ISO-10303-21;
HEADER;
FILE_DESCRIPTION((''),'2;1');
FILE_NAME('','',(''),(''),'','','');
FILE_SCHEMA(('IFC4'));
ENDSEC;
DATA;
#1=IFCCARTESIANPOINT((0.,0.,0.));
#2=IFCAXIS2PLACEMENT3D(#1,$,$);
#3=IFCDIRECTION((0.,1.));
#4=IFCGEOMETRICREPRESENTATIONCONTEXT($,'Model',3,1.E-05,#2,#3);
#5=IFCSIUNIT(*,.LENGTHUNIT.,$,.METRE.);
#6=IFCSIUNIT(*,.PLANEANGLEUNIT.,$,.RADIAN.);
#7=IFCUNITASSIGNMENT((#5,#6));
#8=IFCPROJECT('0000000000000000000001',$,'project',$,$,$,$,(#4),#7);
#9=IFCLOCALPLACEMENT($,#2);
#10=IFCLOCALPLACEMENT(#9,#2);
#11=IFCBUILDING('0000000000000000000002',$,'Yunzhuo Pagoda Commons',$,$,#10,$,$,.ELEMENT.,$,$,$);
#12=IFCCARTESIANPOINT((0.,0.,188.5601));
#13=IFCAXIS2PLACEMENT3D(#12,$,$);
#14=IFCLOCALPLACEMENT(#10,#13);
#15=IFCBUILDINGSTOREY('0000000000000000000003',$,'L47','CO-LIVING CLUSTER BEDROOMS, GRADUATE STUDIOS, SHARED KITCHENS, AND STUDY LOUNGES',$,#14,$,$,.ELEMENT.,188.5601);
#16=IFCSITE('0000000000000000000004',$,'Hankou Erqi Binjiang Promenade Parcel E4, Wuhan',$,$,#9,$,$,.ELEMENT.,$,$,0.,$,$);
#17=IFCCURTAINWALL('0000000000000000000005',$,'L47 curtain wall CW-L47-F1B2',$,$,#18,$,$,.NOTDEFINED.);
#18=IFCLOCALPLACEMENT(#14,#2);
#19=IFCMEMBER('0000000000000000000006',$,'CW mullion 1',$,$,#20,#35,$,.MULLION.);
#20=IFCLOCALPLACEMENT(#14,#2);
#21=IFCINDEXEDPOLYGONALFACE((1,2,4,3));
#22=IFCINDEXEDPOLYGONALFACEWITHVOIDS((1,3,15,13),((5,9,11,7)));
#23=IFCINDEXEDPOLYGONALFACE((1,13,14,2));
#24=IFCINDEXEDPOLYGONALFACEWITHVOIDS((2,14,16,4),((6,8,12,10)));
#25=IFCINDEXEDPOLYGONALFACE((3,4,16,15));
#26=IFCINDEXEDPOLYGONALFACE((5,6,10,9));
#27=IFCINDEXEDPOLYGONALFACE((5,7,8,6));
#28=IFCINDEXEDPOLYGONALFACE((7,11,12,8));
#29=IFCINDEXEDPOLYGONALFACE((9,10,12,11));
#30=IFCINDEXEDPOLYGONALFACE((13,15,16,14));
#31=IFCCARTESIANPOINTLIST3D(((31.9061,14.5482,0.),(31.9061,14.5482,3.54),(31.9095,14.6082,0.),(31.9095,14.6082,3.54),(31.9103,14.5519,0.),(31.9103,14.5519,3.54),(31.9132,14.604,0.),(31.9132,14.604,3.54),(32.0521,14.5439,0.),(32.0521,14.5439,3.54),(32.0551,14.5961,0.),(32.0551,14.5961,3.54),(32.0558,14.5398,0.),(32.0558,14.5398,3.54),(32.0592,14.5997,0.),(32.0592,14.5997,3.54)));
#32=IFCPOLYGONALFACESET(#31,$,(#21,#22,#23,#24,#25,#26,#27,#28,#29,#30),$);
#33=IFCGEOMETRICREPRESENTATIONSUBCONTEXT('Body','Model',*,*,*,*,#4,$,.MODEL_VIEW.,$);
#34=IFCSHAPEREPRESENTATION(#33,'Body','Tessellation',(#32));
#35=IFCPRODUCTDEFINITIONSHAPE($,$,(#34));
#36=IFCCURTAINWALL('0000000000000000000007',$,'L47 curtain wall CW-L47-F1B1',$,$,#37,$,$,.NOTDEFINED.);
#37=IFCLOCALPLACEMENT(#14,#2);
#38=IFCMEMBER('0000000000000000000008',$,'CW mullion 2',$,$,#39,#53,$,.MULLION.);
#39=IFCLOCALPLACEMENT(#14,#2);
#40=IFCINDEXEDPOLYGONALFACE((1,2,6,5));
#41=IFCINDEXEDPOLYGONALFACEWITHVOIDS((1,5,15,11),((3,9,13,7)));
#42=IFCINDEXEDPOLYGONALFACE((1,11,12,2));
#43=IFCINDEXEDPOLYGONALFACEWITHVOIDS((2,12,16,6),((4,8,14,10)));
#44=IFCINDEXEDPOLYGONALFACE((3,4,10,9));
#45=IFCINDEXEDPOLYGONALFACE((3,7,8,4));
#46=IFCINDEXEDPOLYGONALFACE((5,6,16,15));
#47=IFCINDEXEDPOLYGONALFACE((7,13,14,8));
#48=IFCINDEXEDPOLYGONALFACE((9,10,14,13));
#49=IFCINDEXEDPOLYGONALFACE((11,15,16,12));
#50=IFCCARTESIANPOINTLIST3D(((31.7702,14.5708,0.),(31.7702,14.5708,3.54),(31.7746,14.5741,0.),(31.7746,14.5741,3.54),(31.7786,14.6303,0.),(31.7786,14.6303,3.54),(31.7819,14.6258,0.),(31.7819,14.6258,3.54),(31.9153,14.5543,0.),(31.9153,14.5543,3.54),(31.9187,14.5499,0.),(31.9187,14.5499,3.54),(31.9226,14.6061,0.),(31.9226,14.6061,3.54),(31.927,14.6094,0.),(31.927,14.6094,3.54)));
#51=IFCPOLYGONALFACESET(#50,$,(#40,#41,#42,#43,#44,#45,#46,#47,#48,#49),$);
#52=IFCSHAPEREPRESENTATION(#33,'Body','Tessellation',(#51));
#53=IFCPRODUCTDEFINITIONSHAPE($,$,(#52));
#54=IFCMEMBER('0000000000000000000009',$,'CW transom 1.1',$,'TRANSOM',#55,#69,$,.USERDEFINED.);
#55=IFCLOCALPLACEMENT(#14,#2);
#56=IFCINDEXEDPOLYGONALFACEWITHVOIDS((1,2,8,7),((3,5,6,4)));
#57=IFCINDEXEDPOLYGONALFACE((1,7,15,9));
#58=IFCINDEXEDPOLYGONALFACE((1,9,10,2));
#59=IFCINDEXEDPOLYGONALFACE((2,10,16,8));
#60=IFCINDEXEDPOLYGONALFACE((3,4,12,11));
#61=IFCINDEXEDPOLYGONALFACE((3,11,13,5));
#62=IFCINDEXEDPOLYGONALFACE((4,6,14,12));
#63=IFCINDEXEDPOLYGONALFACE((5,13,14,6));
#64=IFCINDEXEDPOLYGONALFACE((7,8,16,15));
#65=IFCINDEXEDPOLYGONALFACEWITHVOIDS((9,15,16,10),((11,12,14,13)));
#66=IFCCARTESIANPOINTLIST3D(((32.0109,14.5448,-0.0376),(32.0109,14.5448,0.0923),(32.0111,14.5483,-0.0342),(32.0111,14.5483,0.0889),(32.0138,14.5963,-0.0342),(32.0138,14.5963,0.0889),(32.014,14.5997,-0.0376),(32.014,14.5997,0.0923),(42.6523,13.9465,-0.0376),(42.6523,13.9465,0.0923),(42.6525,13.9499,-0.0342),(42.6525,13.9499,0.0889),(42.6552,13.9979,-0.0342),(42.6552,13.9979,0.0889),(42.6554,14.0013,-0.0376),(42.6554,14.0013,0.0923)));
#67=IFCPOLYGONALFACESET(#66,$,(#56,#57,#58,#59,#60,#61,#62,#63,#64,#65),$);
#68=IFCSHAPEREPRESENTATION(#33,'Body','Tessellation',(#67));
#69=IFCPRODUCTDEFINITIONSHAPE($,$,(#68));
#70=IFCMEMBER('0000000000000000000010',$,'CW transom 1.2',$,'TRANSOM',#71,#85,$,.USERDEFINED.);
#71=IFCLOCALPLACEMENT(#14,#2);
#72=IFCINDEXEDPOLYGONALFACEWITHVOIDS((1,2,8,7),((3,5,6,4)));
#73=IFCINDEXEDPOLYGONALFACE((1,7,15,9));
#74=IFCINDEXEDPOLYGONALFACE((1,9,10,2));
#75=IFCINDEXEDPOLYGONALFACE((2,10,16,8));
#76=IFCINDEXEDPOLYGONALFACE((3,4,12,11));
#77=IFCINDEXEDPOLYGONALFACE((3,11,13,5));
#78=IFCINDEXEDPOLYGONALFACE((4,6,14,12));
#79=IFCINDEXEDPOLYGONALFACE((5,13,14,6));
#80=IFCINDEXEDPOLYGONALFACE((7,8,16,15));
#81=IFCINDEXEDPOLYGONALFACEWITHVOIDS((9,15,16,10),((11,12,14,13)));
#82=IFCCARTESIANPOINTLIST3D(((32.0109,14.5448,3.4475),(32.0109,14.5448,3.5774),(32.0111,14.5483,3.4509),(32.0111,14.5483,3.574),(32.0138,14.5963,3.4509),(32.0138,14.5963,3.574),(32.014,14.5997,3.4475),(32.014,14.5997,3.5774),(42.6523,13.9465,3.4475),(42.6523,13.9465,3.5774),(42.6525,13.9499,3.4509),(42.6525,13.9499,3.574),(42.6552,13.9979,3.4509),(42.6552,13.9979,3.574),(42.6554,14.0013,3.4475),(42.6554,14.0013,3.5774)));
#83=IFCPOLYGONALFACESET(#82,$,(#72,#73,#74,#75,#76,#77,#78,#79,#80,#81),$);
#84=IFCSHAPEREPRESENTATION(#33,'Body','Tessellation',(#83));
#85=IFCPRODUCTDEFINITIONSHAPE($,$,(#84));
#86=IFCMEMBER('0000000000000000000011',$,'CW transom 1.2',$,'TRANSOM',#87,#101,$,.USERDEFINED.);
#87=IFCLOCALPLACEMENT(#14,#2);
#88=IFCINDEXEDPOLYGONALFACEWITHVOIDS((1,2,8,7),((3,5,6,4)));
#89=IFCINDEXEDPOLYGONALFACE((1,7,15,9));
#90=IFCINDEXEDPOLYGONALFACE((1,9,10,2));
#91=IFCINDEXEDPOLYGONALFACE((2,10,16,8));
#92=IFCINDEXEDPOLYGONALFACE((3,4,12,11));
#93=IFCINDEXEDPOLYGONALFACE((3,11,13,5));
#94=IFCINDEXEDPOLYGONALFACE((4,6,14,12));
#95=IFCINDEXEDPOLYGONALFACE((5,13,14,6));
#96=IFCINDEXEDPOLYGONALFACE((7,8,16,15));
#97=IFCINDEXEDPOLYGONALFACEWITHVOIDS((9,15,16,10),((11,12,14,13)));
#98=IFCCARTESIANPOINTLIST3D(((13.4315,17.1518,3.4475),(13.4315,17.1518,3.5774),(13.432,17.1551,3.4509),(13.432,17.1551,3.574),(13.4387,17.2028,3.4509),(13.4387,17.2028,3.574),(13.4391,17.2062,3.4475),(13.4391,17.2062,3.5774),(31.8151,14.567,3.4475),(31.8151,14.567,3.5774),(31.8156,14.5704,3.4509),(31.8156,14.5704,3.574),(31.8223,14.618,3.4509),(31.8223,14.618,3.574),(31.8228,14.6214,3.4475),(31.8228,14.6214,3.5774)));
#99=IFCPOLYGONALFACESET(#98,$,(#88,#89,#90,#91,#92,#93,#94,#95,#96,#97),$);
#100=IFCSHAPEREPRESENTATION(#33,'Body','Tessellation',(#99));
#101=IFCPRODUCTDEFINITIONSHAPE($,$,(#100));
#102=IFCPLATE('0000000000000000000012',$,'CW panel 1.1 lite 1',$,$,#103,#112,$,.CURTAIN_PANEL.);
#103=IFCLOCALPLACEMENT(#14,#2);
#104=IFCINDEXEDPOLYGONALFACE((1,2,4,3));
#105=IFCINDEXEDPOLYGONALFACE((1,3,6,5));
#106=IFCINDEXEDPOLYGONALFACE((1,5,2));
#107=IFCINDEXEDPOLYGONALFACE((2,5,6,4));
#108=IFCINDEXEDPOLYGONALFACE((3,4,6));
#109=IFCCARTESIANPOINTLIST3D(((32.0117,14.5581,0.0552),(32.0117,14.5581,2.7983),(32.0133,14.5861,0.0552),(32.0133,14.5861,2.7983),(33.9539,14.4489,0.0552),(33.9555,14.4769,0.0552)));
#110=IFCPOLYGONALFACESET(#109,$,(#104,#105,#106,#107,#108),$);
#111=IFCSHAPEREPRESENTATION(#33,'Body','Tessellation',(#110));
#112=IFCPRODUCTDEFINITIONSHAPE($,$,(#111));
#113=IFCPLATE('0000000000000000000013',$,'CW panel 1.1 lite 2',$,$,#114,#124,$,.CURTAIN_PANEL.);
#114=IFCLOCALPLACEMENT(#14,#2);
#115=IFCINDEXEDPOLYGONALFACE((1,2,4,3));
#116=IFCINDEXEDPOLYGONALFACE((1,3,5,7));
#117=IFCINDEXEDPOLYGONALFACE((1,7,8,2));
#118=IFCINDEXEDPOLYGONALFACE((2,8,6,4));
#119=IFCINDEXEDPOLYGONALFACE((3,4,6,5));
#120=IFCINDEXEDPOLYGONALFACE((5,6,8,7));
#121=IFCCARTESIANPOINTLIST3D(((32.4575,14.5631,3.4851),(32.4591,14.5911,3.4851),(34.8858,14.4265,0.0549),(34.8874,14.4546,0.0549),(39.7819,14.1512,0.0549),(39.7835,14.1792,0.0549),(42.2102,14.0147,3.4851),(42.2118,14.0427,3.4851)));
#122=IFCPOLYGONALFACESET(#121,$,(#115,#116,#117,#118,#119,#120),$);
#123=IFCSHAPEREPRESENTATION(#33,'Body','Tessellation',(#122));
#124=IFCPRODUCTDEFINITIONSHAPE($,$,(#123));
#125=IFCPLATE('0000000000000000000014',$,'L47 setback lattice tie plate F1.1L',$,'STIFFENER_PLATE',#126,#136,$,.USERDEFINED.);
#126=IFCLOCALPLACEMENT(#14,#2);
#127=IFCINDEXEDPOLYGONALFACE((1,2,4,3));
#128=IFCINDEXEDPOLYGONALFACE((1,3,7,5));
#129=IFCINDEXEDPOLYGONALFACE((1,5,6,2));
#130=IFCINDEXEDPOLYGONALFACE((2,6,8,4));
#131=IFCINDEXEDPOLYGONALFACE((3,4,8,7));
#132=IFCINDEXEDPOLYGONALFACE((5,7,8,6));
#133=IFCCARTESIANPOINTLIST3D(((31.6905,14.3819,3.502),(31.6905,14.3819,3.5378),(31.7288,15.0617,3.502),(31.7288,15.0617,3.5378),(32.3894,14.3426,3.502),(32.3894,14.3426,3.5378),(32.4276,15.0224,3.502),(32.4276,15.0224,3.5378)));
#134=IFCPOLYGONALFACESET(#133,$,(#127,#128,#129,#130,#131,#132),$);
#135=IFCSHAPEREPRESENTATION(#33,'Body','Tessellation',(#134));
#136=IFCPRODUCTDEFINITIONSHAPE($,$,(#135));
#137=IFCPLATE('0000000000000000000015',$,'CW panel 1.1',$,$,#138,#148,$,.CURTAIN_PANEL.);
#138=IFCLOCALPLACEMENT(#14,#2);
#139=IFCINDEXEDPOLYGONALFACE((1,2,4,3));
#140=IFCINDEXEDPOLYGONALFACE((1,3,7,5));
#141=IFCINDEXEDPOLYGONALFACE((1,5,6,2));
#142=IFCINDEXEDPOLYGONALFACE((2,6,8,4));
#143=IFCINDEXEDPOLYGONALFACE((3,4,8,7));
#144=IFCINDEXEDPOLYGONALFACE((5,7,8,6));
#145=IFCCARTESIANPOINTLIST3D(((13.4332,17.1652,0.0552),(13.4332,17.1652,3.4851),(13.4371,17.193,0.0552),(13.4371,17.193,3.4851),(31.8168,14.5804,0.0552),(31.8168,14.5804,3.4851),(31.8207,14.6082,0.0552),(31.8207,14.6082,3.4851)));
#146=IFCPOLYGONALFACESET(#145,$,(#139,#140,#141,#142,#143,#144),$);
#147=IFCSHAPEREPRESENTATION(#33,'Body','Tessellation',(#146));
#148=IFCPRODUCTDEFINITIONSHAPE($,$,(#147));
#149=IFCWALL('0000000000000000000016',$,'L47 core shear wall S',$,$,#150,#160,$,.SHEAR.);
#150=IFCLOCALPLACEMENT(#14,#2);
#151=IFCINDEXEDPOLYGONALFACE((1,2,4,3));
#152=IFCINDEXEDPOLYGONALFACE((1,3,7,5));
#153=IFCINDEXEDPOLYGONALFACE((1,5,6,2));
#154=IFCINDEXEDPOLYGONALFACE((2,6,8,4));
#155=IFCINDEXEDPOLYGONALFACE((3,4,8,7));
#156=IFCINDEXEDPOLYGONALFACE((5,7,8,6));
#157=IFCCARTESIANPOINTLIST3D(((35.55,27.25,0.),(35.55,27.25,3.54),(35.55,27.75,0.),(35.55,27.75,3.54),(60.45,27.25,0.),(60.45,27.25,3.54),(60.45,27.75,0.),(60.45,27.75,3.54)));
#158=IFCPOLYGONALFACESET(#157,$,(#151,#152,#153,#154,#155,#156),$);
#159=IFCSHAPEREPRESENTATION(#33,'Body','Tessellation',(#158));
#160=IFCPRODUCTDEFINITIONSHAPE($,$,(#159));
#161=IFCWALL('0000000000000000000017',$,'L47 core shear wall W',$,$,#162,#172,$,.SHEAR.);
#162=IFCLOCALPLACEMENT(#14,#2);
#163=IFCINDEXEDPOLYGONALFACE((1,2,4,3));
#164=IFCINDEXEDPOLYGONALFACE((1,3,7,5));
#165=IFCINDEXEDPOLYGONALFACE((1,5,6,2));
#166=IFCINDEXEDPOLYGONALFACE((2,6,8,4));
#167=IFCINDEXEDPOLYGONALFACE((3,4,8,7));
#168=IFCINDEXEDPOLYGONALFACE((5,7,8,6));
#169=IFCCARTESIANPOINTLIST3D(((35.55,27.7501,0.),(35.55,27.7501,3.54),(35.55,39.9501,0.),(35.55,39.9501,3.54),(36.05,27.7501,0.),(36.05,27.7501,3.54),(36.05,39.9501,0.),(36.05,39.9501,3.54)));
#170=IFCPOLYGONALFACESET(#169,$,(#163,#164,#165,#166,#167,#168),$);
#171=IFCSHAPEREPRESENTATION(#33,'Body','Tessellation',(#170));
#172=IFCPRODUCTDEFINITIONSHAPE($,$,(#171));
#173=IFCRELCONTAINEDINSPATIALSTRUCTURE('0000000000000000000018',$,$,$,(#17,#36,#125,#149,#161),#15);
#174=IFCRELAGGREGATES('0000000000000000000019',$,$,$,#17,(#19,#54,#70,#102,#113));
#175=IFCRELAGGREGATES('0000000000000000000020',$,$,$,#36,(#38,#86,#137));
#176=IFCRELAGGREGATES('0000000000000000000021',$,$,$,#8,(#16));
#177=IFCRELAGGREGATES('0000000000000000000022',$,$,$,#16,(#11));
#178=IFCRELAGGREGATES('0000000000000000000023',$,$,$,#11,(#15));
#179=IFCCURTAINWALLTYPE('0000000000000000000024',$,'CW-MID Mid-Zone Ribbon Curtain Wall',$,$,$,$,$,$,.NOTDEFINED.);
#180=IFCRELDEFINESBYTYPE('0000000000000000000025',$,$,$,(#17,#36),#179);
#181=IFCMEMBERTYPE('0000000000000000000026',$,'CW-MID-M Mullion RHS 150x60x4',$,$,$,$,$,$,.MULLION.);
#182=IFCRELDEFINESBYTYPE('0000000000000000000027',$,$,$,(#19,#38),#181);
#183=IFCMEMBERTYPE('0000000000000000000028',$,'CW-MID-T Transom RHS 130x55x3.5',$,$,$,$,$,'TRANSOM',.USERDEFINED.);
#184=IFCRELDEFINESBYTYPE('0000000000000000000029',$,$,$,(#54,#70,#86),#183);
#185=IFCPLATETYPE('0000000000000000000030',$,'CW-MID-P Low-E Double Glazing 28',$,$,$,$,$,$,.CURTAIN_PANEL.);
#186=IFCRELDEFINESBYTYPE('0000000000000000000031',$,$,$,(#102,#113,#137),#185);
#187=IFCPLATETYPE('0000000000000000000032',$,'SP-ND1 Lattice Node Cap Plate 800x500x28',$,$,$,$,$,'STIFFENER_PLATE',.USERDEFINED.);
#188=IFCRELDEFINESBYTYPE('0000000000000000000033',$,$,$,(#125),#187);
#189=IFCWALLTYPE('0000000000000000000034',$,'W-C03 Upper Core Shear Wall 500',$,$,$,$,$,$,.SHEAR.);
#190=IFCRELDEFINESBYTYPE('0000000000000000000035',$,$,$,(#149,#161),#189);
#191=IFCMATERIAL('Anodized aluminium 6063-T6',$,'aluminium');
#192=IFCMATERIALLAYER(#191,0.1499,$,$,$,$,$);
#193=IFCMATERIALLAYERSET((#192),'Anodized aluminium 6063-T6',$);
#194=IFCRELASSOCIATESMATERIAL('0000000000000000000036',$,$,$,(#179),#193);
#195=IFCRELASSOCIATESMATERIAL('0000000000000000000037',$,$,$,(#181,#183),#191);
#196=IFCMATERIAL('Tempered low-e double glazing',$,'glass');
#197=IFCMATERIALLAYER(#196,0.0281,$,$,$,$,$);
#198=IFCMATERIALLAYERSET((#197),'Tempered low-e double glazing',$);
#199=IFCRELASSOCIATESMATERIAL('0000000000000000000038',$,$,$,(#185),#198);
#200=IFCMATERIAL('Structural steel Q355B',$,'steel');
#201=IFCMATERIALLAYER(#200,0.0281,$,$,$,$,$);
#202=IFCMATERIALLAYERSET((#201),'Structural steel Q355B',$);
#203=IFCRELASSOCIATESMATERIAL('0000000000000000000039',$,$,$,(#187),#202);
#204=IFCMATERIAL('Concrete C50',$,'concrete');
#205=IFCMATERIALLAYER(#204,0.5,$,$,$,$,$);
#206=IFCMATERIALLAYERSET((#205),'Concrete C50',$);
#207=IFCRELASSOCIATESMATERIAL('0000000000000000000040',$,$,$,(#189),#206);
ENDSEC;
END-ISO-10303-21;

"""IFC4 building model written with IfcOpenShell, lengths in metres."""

from ifc_helpers import new_model, si_unit, direction, frame, frame_2d, origin, origin_2d, place, context, subcontext, project, spatial, polyline, rectangle, hollow_rectangle, outline, extrude, source, transform, mapped, material, layer, layer_set, material_profile, profile_set, type_object, element, aggregate, save


model = new_model("IFC4")

# Units and contexts
model_context = context("Model", 3, precision=1e-05, world=origin(), true_north=direction((0.0, 1.0)))
body_context = subcontext(model_context, "Body", "Model", "MODEL_VIEW")
ifc_project = project(units=[si_unit("LENGTHUNIT", "METRE"), si_unit("PLANEANGLEUNIT", "RADIAN")], contexts=[model_context])

# Site, building, storey
site_placement = place(None, origin())
site = spatial("IfcSite", under=ifc_project, at=site_placement, Name="Hankou Erqi Binjiang Promenade Parcel E4, Wuhan", CompositionType="ELEMENT", RefElevation=0.0)
building_placement = place(site_placement, origin())
building = spatial("IfcBuilding", under=site, at=building_placement, Name="Yunzhuo Pagoda Commons", CompositionType="ELEMENT")
storey_placement = place(building_placement, frame((0.0, 0.0, 188.5601)))
storey = spatial("IfcBuildingStorey", under=building, at=storey_placement, Name="L47", Description="CO-LIVING CLUSTER BEDROOMS, GRADUATE STUDIOS, SHARED KITCHENS, AND STUDY LOUNGES", CompositionType="ELEMENT", Elevation=188.5601)

# Shared definitions
ifc_material_1 = material(Name="Structural steel Q355B", Category="steel")

# Curtain walls, members
ifc_material_2 = material(Name="Anodized aluminium 6063-T6", Category="aluminium")
ifc_layer_1 = layer(ifc_material_2, 0.1499)
ifc_layer_set_1 = layer_set([ifc_layer_1], Name="Anodized aluminium 6063-T6")
curtain_wall_type = type_object("IfcCurtainWallType", Name="CW-MID Mid-Zone Ribbon Curtain Wall", PredefinedType="NOTDEFINED", material=ifc_layer_set_1)
curtain_wall_1_placement = place(storey_placement, origin())
curtain_wall_1 = element("IfcCurtainWall", 1, at=curtain_wall_1_placement, inside=storey, type_object=curtain_wall_type, Name="L47 curtain wall CW-L47-F1B2", PredefinedType="NOTDEFINED")
ifc_material_profile_1 = material_profile(ifc_material_2, hollow_rectangle(XDim=0.0601, YDim=0.1499, WallThickness=0.0039, at=origin_2d()), Name="Anodized aluminium 6063-T6")
ifc_profile_set_1 = profile_set([ifc_material_profile_1], Name="Anodized aluminium 6063-T6")
member_type_1 = type_object("IfcMemberType", Name="CW-MID-M Mullion RHS 150x60x4", PredefinedType="MULLION", material=ifc_profile_set_1)
shared_shape_1 = source(origin(), body_context, "Body", "SweptSolid", [
    extrude(hollow_rectangle(XDim=0.0601, YDim=0.1499, WallThickness=0.0039, at=origin_2d()), origin(), (0.0, 0.0, 1.0), 3.54),
])
member_1_placement = place(storey_placement, frame((31.9827, 14.574, 0.0), z_axis=(0.0, 0.0, 1.0), x_axis=(0.056143, 0.998423, 0.0)))
member_1 = element("IfcMember", 2, at=member_1_placement, type_object=member_type_1, Name="CW mullion 1", PredefinedType="MULLION", context=body_context, shape_type="MappedRepresentation", body=[
    mapped(shared_shape_1, transform((0.0, 0.0, 0.0), scale=1.0)),
])
curtain_wall_2_placement = place(storey_placement, origin())
curtain_wall_2 = element("IfcCurtainWall", 3, at=curtain_wall_2_placement, inside=storey, type_object=curtain_wall_type, Name="L47 curtain wall CW-L47-F1B1", PredefinedType="NOTDEFINED")
member_2_placement = place(storey_placement, frame((31.8486, 14.5901, 0.0), z_axis=(0.0, 0.0, 1.0), x_axis=(0.139233, 0.99026, 0.0)))
member_2 = element("IfcMember", 4, at=member_2_placement, type_object=member_type_1, Name="CW mullion 2", PredefinedType="MULLION", context=body_context, shape_type="MappedRepresentation", body=[
    mapped(shared_shape_1, transform((0.0, 0.0, 0.0), scale=1.0)),
])

# Members
ifc_material_profile_2 = material_profile(ifc_material_2, hollow_rectangle(XDim=0.0549, YDim=0.1299, WallThickness=0.0034, at=origin_2d()), Name="Anodized aluminium 6063-T6")
ifc_profile_set_2 = profile_set([ifc_material_profile_2], Name="Anodized aluminium 6063-T6")
member_type_2 = type_object("IfcMemberType", Name="CW-MID-T Transom RHS 130x55x3.5", ElementType="TRANSOM", PredefinedType="USERDEFINED", material=ifc_profile_set_2)
shared_shape_2 = source(origin(), body_context, "Body", "SweptSolid", [
    extrude(hollow_rectangle(XDim=0.0549, YDim=0.1299, WallThickness=0.0034, at=origin_2d()), origin(), (0.0, 0.0, 1.0), 10.6582),
])
member_3_placement = place(storey_placement, frame((32.0125, 14.5723, 0.0273), z_axis=(0.998423, -0.056144, 0.0), x_axis=(0.056144, 0.998423, 0.0)))
member_3 = element("IfcMember", 5, at=member_3_placement, type_object=member_type_2, Name="CW transom 1.1", ObjectType="TRANSOM", PredefinedType="USERDEFINED", context=body_context, shape_type="MappedRepresentation", body=[
    mapped(shared_shape_2, transform((0.0, 0.0, 0.0), scale=1.0)),
])
member_4_placement = place(storey_placement, frame((32.0125, 14.5723, 3.5125), z_axis=(0.998423, -0.056144, 0.0), x_axis=(0.056144, 0.998423, 0.0)))
member_4 = element("IfcMember", 6, at=member_4_placement, type_object=member_type_2, Name="CW transom 1.2", ObjectType="TRANSOM", PredefinedType="USERDEFINED", context=body_context, shape_type="MappedRepresentation", body=[
    mapped(shared_shape_2, transform((0.0, 0.0, 0.0), scale=1.0)),
])
shared_shape_3 = source(origin(), body_context, "Body", "SweptSolid", [
    extrude(hollow_rectangle(XDim=0.0549, YDim=0.1299, WallThickness=0.0034, at=origin_2d()), origin(), (0.0, 0.0, 1.0), 18.5645),
])
member_5_placement = place(storey_placement, frame((13.4353, 17.179, 3.5125), z_axis=(0.99026, -0.13923, 0.0), x_axis=(0.13923, 0.99026, 0.0)))
member_5 = element("IfcMember", 7, at=member_5_placement, type_object=member_type_2, Name="CW transom 1.2", ObjectType="TRANSOM", PredefinedType="USERDEFINED", context=body_context, shape_type="MappedRepresentation", body=[
    mapped(shared_shape_3, transform((0.0, 0.0, 0.0), scale=1.0)),
])

# Plates
ifc_material_3 = material(Name="Tempered low-e double glazing", Category="glass")
ifc_layer_2 = layer(ifc_material_3, 0.0281)
ifc_layer_set_2 = layer_set([ifc_layer_2], Name="Tempered low-e double glazing")
plate_type_1 = type_object("IfcPlateType", Name="CW-MID-P Low-E Double Glazing 28", PredefinedType="CURTAIN_PANEL", material=ifc_layer_set_2)
plate_1_placement = place(storey_placement, frame((32.9844, 14.5315, 1.4268), z_axis=(-0.056143, -0.998423, 0.0), x_axis=(0.998423, -0.056143, 0.0)))
plate_1 = element("IfcPlate", 8, at=plate_1_placement, type_object=plate_type_1, Name="CW panel 1.1 lite 1", PredefinedType="CURTAIN_PANEL", context=body_context, shape_type="SweptSolid", body=[
    extrude(outline(polyline([(-0.9727, -1.3716), (0.9727, -1.3716), (-0.9727, 1.3716), (-0.9727, -1.3716)])), origin(), (0.0, 0.0, 1.0), 0.0281),
])
plate_2_placement = place(storey_placement, frame((37.3354, 14.3169, 1.77), z_axis=(-0.056143, -0.998423, 0.0), x_axis=(0.998423, -0.056143, 0.0)))
plate_2 = element("IfcPlate", 9, at=plate_2_placement, type_object=plate_type_1, Name="CW panel 1.1 lite 2", PredefinedType="CURTAIN_PANEL", context=body_context, shape_type="SweptSolid", body=[
    extrude(outline(polyline([(-4.884, 1.7151), (-2.4519, -1.7151), (2.4519, -1.7151), (4.884, 1.7151), (-4.884, 1.7151)])), origin(), (0.0, 0.0, 1.0), 0.0281),
])
aggregate(curtain_wall_1, [member_1, member_3, member_4, plate_1, plate_2])
ifc_layer_3 = layer(ifc_material_1, 0.0281)
ifc_layer_set_3 = layer_set([ifc_layer_3], Name="Structural steel Q355B")
plate_type_2 = type_object("IfcPlateType", Name="SP-ND1 Lattice Node Cap Plate 800x500x28", ElementType="STIFFENER_PLATE", PredefinedType="USERDEFINED", material=ifc_layer_set_3)
shared_shape_4 = source(origin(), body_context, "Body", "SweptSolid", [
    extrude(rectangle(XDim=0.7, YDim=0.6809, at=origin_2d()), origin(), (0.0, 0.0, 1.0), 0.0359),
])
plate_3_placement = place(storey_placement, frame((32.0591, 14.7021, 3.502), z_axis=(0.0, 0.0, 1.0), x_axis=(0.998423, -0.056135, 0.0)))
element("IfcPlate", 10, at=plate_3_placement, inside=storey, type_object=plate_type_2, Name="L47 setback lattice tie plate F1.1L", ObjectType="STIFFENER_PLATE", PredefinedType="USERDEFINED", context=body_context, shape_type="MappedRepresentation", body=[
    mapped(shared_shape_4, transform((0.0, 0.0, 0.0), scale=1.0)),
])
shared_shape_5 = source(origin(), body_context, "Body", "SweptSolid", [
    extrude(rectangle(XDim=18.5645, YDim=0.0281, at=origin_2d()), origin(), (0.0, 0.0, 1.0), 3.4299),
])
plate_4_placement = place(storey_placement, frame((22.627, 15.8867, 0.0552), z_axis=(0.0, 0.0, 1.0), x_axis=(0.99026, -0.139233, 0.0)))
plate_4 = element("IfcPlate", 11, at=plate_4_placement, type_object=plate_type_1, Name="CW panel 1.1", PredefinedType="CURTAIN_PANEL", context=body_context, shape_type="MappedRepresentation", body=[
    mapped(shared_shape_5, transform((0.0, 0.0, 0.0), scale=1.0)),
])
aggregate(curtain_wall_2, [member_2, member_5, plate_4])

# Walls
ifc_material_4 = material(Name="Concrete C50", Category="concrete")
ifc_layer_4 = layer(ifc_material_4, 0.5)
ifc_layer_set_4 = layer_set([ifc_layer_4], Name="Concrete C50")
wall_type_1 = type_object("IfcWallType", Name="W-C03 Upper Core Shear Wall 500", PredefinedType="SHEAR", material=ifc_layer_set_4)
wall_1_placement = place(storey_placement, frame((35.55, 27.5, 0.0), z_axis=(0.0, 0.0, 1.0), x_axis=(1.0, 0.0, 0.0)))
element("IfcWall", 12, at=wall_1_placement, inside=storey, type_object=wall_type_1, Name="L47 core shear wall S", PredefinedType="SHEAR", context=body_context, shape_type="SweptSolid", body=[
    extrude(rectangle(XDim=24.8999, YDim=0.5, at=frame_2d((12.45, 0.0))), origin(), (0.0, 0.0, 1.0), 3.54),
])
wall_2_placement = place(storey_placement, frame((35.8, 27.75, 0.0), z_axis=(0.0, 0.0, 1.0), x_axis=(0.0, 1.0, 0.0)))
element("IfcWall", 13, at=wall_2_placement, inside=storey, type_object=wall_type_1, Name="L47 core shear wall W", PredefinedType="SHEAR", context=body_context, shape_type="SweptSolid", body=[
    extrude(rectangle(XDim=12.2, YDim=0.5, at=frame_2d((6.1001, 0.0))), origin(), (0.0, 0.0, 1.0), 3.54),
])

save(model, "model.ifc")
